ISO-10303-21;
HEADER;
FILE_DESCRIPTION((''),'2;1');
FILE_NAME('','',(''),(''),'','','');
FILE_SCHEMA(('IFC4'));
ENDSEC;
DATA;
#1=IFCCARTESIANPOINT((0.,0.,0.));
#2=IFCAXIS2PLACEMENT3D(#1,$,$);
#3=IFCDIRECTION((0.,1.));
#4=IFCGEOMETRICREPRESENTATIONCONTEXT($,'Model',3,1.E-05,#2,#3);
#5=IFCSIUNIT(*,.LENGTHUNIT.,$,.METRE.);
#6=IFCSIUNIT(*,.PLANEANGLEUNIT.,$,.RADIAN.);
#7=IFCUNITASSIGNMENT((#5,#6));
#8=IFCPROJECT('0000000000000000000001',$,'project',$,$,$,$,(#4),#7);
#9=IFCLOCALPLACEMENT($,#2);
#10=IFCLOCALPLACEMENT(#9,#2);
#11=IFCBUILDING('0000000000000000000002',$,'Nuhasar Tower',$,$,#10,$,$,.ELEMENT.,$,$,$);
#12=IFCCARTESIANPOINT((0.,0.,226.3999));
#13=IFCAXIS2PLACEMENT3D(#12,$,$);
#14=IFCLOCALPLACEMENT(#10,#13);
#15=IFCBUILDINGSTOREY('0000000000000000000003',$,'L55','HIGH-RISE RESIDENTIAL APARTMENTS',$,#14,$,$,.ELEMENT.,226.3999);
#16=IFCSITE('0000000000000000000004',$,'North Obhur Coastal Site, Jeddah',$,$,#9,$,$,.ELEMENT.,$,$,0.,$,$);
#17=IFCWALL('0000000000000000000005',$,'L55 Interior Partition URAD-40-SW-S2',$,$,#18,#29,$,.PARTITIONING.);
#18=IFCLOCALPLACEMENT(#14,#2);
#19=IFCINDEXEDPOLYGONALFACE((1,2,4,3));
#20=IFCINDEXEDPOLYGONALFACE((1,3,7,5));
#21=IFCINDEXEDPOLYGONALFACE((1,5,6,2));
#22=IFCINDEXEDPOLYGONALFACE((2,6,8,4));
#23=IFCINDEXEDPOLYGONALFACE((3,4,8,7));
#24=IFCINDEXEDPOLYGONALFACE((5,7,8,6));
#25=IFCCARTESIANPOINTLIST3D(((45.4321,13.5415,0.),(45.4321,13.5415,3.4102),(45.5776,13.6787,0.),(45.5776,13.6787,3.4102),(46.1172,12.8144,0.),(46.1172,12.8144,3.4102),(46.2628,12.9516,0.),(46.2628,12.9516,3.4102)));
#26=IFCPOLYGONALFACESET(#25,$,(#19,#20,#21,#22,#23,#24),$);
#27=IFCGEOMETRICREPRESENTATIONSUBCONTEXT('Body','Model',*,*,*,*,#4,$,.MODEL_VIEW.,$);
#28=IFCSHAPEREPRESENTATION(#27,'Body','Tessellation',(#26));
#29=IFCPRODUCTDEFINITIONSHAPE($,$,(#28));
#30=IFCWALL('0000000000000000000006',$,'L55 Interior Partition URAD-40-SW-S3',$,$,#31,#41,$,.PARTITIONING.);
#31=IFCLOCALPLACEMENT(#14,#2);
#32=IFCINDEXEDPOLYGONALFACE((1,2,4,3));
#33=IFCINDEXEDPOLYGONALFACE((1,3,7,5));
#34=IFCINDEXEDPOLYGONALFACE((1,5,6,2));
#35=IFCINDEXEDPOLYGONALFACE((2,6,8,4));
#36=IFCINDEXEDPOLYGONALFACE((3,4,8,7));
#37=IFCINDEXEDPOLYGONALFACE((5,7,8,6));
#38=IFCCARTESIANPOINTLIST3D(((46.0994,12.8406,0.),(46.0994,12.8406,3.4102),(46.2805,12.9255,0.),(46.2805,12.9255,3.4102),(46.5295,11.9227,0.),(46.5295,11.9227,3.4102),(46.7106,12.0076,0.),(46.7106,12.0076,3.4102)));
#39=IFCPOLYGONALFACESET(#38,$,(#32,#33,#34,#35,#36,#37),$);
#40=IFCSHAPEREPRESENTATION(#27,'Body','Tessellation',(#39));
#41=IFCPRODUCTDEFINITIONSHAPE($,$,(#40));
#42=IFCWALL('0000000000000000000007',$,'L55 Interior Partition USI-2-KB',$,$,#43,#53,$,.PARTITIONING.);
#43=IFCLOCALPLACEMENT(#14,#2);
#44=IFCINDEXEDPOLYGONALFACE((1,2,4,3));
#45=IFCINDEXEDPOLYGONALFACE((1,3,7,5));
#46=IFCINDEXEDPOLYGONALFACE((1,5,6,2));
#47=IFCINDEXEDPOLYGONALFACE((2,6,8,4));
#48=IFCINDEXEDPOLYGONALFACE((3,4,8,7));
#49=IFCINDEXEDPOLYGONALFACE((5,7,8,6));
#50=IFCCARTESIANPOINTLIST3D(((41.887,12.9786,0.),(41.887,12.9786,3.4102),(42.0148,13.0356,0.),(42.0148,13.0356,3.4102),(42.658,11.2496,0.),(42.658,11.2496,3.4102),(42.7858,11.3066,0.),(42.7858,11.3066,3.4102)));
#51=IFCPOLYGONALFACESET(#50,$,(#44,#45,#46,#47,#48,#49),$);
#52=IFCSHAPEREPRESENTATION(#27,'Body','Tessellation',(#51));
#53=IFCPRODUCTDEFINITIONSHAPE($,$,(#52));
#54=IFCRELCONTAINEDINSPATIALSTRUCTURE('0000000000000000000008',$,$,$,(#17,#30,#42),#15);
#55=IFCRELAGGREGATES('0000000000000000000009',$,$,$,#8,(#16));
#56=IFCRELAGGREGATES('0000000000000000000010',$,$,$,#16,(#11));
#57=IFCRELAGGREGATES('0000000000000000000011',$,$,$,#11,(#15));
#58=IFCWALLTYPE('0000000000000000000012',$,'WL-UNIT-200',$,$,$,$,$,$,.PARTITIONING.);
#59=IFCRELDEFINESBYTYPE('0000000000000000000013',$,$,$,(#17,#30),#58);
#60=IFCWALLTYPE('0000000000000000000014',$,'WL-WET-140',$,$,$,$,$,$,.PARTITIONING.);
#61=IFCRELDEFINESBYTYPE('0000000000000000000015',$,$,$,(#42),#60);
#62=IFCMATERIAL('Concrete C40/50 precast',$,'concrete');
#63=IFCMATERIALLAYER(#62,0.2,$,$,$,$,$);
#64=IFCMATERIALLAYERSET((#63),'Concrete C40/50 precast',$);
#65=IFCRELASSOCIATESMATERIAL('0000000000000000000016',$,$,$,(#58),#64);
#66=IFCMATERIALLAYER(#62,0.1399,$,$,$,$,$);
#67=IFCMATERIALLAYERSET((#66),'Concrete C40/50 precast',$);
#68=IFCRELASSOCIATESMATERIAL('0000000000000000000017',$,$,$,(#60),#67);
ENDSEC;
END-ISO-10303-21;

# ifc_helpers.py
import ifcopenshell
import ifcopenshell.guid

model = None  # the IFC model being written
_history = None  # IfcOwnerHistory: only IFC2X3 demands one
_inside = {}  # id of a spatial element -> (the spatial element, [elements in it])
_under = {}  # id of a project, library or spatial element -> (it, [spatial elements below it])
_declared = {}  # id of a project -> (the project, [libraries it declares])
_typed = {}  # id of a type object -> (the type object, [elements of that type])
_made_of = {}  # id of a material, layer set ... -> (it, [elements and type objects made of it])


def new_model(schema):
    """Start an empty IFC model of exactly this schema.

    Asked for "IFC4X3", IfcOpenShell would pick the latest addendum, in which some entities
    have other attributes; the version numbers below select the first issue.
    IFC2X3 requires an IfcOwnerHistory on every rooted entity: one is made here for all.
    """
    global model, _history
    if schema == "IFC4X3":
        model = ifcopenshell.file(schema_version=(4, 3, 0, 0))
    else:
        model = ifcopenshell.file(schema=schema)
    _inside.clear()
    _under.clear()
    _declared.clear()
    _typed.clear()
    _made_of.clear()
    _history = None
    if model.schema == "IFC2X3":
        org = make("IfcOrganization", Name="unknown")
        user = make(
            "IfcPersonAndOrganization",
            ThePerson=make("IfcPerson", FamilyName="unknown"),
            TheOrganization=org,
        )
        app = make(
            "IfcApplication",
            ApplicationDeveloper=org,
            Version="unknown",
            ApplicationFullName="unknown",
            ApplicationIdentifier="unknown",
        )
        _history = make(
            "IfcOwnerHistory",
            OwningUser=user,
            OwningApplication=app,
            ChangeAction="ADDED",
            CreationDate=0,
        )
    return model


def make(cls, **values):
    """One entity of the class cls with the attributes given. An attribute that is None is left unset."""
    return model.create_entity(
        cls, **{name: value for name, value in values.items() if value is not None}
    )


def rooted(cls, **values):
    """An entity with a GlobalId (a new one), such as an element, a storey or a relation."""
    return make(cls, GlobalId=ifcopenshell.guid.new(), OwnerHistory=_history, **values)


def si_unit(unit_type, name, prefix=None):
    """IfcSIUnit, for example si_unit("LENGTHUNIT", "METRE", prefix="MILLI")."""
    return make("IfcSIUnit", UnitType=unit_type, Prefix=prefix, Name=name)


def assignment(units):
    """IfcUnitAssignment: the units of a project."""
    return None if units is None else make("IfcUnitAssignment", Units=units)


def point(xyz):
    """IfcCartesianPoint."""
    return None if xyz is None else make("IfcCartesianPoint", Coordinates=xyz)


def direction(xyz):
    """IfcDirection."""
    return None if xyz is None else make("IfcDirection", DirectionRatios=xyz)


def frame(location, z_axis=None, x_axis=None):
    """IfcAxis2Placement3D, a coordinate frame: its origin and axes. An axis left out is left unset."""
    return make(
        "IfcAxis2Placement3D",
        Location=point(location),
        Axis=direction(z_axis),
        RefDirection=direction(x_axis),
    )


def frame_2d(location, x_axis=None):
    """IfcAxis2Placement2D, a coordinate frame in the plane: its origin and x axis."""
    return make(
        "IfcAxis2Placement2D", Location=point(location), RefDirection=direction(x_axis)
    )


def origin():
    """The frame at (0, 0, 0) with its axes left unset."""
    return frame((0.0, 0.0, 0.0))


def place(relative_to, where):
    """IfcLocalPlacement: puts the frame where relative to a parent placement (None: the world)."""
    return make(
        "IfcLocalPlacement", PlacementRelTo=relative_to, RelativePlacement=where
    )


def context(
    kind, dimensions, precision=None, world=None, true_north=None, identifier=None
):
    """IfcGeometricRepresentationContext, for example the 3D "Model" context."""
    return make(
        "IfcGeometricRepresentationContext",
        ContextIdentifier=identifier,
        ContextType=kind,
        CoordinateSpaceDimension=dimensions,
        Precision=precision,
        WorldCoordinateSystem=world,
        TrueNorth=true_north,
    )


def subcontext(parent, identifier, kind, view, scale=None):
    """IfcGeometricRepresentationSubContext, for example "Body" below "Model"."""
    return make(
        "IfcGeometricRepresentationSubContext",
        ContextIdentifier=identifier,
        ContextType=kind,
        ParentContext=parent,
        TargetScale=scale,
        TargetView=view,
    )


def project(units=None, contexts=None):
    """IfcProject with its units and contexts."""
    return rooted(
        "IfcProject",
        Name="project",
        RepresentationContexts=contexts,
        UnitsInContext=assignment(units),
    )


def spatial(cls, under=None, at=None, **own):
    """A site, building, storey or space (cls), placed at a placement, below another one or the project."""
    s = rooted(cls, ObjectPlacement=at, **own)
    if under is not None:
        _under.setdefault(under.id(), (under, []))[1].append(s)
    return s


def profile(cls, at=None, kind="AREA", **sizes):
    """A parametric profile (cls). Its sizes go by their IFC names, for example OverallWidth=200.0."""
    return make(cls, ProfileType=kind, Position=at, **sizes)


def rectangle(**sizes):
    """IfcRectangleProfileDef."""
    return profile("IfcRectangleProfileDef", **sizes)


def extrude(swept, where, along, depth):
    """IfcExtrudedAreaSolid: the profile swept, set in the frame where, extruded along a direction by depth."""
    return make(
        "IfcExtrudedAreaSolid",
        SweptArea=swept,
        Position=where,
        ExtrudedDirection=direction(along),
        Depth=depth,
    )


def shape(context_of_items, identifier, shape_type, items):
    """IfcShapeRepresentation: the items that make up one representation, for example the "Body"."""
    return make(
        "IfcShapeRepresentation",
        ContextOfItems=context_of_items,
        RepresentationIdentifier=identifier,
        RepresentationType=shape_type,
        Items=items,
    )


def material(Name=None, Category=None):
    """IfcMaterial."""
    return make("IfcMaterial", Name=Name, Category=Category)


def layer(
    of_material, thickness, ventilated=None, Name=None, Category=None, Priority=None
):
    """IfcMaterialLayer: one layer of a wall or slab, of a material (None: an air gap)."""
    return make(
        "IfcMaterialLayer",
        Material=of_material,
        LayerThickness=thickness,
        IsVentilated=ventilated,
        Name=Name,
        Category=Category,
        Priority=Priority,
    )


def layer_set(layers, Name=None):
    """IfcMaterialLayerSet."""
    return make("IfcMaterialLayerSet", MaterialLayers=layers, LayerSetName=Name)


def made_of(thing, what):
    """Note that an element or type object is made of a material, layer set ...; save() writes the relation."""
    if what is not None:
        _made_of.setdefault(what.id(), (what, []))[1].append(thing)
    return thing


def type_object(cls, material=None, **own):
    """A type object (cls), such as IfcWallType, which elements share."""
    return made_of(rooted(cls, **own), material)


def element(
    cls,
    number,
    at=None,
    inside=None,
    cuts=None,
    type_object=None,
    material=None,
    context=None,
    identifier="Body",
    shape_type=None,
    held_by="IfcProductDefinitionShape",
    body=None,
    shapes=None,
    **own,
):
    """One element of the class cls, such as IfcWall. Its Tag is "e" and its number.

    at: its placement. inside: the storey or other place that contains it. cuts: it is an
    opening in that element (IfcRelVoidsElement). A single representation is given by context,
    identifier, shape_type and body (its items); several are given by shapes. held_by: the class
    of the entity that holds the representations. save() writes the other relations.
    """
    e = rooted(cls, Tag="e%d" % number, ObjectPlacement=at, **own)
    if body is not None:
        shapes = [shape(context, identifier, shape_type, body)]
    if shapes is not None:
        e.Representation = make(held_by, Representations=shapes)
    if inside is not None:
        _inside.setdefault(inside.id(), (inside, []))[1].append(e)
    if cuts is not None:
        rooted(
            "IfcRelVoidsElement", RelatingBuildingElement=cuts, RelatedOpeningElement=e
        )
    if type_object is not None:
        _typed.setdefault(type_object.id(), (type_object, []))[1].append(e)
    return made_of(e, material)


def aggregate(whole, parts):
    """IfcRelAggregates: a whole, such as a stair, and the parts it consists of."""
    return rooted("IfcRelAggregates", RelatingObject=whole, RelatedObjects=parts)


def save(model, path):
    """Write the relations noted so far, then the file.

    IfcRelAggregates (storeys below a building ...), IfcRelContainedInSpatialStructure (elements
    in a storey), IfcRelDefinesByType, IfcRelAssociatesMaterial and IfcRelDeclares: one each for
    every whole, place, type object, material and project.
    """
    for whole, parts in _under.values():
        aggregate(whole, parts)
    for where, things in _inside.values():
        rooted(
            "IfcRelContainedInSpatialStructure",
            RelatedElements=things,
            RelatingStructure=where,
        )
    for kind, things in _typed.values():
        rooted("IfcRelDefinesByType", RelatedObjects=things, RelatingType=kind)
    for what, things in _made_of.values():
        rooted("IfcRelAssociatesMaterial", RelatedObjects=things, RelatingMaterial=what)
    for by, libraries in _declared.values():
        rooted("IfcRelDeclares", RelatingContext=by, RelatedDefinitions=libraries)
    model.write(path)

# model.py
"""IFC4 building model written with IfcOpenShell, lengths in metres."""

from ifc_helpers import new_model, si_unit, direction, frame, frame_2d, origin, place, context, subcontext, project, spatial, rectangle, extrude, material, layer, layer_set, type_object, element, save


model = new_model("IFC4")

# Units and contexts
model_context = context("Model", 3, precision=1e-05, world=origin(), true_north=direction((0.0, 1.0)))
body_context = subcontext(model_context, "Body", "Model", "MODEL_VIEW")
ifc_project = project(units=[si_unit("LENGTHUNIT", "METRE"), si_unit("PLANEANGLEUNIT", "RADIAN")], contexts=[model_context])

# Site, building, storey
site_placement = place(None, origin())
site = spatial("IfcSite", under=ifc_project, at=site_placement, Name="North Obhur Coastal Site, Jeddah", CompositionType="ELEMENT", RefElevation=0.0)
building_placement = place(site_placement, origin())
building = spatial("IfcBuilding", under=site, at=building_placement, Name="Nuhasar Tower", CompositionType="ELEMENT")
storey_placement = place(building_placement, frame((0.0, 0.0, 226.3999)))
storey = spatial("IfcBuildingStorey", under=building, at=storey_placement, Name="L55", Description="HIGH-RISE RESIDENTIAL APARTMENTS", CompositionType="ELEMENT", Elevation=226.3999)

# Walls
ifc_material_1 = material(Name="Concrete C40/50 precast", Category="concrete")
ifc_layer_1 = layer(ifc_material_1, 0.2)
ifc_layer_set_1 = layer_set([ifc_layer_1], Name="Concrete C40/50 precast")
wall_type_1 = type_object("IfcWallType", Name="WL-UNIT-200", PredefinedType="PARTITIONING", material=ifc_layer_set_1)
wall_1_placement = place(storey_placement, frame((45.5049, 13.6101, 0.0), z_axis=(0.0, 0.0, 1.0), x_axis=(0.685776, -0.727812, 0.0)))
element("IfcWall", 1, at=wall_1_placement, inside=storey, type_object=wall_type_1, Name="L55 Interior Partition URAD-40-SW-S2", PredefinedType="PARTITIONING", context=body_context, shape_type="SweptSolid", body=[
    extrude(rectangle(XDim=0.999, YDim=0.2, at=frame_2d((0.4995, 0.0))), origin(), (0.0, 0.0, 1.0), 3.4102),
])
wall_2_placement = place(storey_placement, frame((46.1899, 12.8831, 0.0), z_axis=(0.0, 0.0, 1.0), x_axis=(0.424335, -0.905505, 0.0)))
element("IfcWall", 2, at=wall_2_placement, inside=storey, type_object=wall_type_1, Name="L55 Interior Partition URAD-40-SW-S3", PredefinedType="PARTITIONING", context=body_context, shape_type="SweptSolid", body=[
    extrude(rectangle(XDim=1.0137, YDim=0.2, at=frame_2d((0.5068, 0.0))), origin(), (0.0, 0.0, 1.0), 3.4102),
])
ifc_layer_2 = layer(ifc_material_1, 0.1399)
ifc_layer_set_2 = layer_set([ifc_layer_2], Name="Concrete C40/50 precast")
wall_type_2 = type_object("IfcWallType", Name="WL-WET-140", PredefinedType="PARTITIONING", material=ifc_layer_set_2)
wall_3_placement = place(storey_placement, frame((41.9509, 13.0071, 0.0), z_axis=(0.0, 0.0, 1.0), x_axis=(0.407263, -0.913311, 0.0)))
element("IfcWall", 3, at=wall_3_placement, inside=storey, type_object=wall_type_2, Name="L55 Interior Partition USI-2-KB", PredefinedType="PARTITIONING", context=body_context, shape_type="SweptSolid", body=[
    extrude(rectangle(XDim=1.8931, YDim=0.1399, at=frame_2d((0.9465, 0.0))), origin(), (0.0, 0.0, 1.0), 3.4102),
])

save(model, "model.ifc")
